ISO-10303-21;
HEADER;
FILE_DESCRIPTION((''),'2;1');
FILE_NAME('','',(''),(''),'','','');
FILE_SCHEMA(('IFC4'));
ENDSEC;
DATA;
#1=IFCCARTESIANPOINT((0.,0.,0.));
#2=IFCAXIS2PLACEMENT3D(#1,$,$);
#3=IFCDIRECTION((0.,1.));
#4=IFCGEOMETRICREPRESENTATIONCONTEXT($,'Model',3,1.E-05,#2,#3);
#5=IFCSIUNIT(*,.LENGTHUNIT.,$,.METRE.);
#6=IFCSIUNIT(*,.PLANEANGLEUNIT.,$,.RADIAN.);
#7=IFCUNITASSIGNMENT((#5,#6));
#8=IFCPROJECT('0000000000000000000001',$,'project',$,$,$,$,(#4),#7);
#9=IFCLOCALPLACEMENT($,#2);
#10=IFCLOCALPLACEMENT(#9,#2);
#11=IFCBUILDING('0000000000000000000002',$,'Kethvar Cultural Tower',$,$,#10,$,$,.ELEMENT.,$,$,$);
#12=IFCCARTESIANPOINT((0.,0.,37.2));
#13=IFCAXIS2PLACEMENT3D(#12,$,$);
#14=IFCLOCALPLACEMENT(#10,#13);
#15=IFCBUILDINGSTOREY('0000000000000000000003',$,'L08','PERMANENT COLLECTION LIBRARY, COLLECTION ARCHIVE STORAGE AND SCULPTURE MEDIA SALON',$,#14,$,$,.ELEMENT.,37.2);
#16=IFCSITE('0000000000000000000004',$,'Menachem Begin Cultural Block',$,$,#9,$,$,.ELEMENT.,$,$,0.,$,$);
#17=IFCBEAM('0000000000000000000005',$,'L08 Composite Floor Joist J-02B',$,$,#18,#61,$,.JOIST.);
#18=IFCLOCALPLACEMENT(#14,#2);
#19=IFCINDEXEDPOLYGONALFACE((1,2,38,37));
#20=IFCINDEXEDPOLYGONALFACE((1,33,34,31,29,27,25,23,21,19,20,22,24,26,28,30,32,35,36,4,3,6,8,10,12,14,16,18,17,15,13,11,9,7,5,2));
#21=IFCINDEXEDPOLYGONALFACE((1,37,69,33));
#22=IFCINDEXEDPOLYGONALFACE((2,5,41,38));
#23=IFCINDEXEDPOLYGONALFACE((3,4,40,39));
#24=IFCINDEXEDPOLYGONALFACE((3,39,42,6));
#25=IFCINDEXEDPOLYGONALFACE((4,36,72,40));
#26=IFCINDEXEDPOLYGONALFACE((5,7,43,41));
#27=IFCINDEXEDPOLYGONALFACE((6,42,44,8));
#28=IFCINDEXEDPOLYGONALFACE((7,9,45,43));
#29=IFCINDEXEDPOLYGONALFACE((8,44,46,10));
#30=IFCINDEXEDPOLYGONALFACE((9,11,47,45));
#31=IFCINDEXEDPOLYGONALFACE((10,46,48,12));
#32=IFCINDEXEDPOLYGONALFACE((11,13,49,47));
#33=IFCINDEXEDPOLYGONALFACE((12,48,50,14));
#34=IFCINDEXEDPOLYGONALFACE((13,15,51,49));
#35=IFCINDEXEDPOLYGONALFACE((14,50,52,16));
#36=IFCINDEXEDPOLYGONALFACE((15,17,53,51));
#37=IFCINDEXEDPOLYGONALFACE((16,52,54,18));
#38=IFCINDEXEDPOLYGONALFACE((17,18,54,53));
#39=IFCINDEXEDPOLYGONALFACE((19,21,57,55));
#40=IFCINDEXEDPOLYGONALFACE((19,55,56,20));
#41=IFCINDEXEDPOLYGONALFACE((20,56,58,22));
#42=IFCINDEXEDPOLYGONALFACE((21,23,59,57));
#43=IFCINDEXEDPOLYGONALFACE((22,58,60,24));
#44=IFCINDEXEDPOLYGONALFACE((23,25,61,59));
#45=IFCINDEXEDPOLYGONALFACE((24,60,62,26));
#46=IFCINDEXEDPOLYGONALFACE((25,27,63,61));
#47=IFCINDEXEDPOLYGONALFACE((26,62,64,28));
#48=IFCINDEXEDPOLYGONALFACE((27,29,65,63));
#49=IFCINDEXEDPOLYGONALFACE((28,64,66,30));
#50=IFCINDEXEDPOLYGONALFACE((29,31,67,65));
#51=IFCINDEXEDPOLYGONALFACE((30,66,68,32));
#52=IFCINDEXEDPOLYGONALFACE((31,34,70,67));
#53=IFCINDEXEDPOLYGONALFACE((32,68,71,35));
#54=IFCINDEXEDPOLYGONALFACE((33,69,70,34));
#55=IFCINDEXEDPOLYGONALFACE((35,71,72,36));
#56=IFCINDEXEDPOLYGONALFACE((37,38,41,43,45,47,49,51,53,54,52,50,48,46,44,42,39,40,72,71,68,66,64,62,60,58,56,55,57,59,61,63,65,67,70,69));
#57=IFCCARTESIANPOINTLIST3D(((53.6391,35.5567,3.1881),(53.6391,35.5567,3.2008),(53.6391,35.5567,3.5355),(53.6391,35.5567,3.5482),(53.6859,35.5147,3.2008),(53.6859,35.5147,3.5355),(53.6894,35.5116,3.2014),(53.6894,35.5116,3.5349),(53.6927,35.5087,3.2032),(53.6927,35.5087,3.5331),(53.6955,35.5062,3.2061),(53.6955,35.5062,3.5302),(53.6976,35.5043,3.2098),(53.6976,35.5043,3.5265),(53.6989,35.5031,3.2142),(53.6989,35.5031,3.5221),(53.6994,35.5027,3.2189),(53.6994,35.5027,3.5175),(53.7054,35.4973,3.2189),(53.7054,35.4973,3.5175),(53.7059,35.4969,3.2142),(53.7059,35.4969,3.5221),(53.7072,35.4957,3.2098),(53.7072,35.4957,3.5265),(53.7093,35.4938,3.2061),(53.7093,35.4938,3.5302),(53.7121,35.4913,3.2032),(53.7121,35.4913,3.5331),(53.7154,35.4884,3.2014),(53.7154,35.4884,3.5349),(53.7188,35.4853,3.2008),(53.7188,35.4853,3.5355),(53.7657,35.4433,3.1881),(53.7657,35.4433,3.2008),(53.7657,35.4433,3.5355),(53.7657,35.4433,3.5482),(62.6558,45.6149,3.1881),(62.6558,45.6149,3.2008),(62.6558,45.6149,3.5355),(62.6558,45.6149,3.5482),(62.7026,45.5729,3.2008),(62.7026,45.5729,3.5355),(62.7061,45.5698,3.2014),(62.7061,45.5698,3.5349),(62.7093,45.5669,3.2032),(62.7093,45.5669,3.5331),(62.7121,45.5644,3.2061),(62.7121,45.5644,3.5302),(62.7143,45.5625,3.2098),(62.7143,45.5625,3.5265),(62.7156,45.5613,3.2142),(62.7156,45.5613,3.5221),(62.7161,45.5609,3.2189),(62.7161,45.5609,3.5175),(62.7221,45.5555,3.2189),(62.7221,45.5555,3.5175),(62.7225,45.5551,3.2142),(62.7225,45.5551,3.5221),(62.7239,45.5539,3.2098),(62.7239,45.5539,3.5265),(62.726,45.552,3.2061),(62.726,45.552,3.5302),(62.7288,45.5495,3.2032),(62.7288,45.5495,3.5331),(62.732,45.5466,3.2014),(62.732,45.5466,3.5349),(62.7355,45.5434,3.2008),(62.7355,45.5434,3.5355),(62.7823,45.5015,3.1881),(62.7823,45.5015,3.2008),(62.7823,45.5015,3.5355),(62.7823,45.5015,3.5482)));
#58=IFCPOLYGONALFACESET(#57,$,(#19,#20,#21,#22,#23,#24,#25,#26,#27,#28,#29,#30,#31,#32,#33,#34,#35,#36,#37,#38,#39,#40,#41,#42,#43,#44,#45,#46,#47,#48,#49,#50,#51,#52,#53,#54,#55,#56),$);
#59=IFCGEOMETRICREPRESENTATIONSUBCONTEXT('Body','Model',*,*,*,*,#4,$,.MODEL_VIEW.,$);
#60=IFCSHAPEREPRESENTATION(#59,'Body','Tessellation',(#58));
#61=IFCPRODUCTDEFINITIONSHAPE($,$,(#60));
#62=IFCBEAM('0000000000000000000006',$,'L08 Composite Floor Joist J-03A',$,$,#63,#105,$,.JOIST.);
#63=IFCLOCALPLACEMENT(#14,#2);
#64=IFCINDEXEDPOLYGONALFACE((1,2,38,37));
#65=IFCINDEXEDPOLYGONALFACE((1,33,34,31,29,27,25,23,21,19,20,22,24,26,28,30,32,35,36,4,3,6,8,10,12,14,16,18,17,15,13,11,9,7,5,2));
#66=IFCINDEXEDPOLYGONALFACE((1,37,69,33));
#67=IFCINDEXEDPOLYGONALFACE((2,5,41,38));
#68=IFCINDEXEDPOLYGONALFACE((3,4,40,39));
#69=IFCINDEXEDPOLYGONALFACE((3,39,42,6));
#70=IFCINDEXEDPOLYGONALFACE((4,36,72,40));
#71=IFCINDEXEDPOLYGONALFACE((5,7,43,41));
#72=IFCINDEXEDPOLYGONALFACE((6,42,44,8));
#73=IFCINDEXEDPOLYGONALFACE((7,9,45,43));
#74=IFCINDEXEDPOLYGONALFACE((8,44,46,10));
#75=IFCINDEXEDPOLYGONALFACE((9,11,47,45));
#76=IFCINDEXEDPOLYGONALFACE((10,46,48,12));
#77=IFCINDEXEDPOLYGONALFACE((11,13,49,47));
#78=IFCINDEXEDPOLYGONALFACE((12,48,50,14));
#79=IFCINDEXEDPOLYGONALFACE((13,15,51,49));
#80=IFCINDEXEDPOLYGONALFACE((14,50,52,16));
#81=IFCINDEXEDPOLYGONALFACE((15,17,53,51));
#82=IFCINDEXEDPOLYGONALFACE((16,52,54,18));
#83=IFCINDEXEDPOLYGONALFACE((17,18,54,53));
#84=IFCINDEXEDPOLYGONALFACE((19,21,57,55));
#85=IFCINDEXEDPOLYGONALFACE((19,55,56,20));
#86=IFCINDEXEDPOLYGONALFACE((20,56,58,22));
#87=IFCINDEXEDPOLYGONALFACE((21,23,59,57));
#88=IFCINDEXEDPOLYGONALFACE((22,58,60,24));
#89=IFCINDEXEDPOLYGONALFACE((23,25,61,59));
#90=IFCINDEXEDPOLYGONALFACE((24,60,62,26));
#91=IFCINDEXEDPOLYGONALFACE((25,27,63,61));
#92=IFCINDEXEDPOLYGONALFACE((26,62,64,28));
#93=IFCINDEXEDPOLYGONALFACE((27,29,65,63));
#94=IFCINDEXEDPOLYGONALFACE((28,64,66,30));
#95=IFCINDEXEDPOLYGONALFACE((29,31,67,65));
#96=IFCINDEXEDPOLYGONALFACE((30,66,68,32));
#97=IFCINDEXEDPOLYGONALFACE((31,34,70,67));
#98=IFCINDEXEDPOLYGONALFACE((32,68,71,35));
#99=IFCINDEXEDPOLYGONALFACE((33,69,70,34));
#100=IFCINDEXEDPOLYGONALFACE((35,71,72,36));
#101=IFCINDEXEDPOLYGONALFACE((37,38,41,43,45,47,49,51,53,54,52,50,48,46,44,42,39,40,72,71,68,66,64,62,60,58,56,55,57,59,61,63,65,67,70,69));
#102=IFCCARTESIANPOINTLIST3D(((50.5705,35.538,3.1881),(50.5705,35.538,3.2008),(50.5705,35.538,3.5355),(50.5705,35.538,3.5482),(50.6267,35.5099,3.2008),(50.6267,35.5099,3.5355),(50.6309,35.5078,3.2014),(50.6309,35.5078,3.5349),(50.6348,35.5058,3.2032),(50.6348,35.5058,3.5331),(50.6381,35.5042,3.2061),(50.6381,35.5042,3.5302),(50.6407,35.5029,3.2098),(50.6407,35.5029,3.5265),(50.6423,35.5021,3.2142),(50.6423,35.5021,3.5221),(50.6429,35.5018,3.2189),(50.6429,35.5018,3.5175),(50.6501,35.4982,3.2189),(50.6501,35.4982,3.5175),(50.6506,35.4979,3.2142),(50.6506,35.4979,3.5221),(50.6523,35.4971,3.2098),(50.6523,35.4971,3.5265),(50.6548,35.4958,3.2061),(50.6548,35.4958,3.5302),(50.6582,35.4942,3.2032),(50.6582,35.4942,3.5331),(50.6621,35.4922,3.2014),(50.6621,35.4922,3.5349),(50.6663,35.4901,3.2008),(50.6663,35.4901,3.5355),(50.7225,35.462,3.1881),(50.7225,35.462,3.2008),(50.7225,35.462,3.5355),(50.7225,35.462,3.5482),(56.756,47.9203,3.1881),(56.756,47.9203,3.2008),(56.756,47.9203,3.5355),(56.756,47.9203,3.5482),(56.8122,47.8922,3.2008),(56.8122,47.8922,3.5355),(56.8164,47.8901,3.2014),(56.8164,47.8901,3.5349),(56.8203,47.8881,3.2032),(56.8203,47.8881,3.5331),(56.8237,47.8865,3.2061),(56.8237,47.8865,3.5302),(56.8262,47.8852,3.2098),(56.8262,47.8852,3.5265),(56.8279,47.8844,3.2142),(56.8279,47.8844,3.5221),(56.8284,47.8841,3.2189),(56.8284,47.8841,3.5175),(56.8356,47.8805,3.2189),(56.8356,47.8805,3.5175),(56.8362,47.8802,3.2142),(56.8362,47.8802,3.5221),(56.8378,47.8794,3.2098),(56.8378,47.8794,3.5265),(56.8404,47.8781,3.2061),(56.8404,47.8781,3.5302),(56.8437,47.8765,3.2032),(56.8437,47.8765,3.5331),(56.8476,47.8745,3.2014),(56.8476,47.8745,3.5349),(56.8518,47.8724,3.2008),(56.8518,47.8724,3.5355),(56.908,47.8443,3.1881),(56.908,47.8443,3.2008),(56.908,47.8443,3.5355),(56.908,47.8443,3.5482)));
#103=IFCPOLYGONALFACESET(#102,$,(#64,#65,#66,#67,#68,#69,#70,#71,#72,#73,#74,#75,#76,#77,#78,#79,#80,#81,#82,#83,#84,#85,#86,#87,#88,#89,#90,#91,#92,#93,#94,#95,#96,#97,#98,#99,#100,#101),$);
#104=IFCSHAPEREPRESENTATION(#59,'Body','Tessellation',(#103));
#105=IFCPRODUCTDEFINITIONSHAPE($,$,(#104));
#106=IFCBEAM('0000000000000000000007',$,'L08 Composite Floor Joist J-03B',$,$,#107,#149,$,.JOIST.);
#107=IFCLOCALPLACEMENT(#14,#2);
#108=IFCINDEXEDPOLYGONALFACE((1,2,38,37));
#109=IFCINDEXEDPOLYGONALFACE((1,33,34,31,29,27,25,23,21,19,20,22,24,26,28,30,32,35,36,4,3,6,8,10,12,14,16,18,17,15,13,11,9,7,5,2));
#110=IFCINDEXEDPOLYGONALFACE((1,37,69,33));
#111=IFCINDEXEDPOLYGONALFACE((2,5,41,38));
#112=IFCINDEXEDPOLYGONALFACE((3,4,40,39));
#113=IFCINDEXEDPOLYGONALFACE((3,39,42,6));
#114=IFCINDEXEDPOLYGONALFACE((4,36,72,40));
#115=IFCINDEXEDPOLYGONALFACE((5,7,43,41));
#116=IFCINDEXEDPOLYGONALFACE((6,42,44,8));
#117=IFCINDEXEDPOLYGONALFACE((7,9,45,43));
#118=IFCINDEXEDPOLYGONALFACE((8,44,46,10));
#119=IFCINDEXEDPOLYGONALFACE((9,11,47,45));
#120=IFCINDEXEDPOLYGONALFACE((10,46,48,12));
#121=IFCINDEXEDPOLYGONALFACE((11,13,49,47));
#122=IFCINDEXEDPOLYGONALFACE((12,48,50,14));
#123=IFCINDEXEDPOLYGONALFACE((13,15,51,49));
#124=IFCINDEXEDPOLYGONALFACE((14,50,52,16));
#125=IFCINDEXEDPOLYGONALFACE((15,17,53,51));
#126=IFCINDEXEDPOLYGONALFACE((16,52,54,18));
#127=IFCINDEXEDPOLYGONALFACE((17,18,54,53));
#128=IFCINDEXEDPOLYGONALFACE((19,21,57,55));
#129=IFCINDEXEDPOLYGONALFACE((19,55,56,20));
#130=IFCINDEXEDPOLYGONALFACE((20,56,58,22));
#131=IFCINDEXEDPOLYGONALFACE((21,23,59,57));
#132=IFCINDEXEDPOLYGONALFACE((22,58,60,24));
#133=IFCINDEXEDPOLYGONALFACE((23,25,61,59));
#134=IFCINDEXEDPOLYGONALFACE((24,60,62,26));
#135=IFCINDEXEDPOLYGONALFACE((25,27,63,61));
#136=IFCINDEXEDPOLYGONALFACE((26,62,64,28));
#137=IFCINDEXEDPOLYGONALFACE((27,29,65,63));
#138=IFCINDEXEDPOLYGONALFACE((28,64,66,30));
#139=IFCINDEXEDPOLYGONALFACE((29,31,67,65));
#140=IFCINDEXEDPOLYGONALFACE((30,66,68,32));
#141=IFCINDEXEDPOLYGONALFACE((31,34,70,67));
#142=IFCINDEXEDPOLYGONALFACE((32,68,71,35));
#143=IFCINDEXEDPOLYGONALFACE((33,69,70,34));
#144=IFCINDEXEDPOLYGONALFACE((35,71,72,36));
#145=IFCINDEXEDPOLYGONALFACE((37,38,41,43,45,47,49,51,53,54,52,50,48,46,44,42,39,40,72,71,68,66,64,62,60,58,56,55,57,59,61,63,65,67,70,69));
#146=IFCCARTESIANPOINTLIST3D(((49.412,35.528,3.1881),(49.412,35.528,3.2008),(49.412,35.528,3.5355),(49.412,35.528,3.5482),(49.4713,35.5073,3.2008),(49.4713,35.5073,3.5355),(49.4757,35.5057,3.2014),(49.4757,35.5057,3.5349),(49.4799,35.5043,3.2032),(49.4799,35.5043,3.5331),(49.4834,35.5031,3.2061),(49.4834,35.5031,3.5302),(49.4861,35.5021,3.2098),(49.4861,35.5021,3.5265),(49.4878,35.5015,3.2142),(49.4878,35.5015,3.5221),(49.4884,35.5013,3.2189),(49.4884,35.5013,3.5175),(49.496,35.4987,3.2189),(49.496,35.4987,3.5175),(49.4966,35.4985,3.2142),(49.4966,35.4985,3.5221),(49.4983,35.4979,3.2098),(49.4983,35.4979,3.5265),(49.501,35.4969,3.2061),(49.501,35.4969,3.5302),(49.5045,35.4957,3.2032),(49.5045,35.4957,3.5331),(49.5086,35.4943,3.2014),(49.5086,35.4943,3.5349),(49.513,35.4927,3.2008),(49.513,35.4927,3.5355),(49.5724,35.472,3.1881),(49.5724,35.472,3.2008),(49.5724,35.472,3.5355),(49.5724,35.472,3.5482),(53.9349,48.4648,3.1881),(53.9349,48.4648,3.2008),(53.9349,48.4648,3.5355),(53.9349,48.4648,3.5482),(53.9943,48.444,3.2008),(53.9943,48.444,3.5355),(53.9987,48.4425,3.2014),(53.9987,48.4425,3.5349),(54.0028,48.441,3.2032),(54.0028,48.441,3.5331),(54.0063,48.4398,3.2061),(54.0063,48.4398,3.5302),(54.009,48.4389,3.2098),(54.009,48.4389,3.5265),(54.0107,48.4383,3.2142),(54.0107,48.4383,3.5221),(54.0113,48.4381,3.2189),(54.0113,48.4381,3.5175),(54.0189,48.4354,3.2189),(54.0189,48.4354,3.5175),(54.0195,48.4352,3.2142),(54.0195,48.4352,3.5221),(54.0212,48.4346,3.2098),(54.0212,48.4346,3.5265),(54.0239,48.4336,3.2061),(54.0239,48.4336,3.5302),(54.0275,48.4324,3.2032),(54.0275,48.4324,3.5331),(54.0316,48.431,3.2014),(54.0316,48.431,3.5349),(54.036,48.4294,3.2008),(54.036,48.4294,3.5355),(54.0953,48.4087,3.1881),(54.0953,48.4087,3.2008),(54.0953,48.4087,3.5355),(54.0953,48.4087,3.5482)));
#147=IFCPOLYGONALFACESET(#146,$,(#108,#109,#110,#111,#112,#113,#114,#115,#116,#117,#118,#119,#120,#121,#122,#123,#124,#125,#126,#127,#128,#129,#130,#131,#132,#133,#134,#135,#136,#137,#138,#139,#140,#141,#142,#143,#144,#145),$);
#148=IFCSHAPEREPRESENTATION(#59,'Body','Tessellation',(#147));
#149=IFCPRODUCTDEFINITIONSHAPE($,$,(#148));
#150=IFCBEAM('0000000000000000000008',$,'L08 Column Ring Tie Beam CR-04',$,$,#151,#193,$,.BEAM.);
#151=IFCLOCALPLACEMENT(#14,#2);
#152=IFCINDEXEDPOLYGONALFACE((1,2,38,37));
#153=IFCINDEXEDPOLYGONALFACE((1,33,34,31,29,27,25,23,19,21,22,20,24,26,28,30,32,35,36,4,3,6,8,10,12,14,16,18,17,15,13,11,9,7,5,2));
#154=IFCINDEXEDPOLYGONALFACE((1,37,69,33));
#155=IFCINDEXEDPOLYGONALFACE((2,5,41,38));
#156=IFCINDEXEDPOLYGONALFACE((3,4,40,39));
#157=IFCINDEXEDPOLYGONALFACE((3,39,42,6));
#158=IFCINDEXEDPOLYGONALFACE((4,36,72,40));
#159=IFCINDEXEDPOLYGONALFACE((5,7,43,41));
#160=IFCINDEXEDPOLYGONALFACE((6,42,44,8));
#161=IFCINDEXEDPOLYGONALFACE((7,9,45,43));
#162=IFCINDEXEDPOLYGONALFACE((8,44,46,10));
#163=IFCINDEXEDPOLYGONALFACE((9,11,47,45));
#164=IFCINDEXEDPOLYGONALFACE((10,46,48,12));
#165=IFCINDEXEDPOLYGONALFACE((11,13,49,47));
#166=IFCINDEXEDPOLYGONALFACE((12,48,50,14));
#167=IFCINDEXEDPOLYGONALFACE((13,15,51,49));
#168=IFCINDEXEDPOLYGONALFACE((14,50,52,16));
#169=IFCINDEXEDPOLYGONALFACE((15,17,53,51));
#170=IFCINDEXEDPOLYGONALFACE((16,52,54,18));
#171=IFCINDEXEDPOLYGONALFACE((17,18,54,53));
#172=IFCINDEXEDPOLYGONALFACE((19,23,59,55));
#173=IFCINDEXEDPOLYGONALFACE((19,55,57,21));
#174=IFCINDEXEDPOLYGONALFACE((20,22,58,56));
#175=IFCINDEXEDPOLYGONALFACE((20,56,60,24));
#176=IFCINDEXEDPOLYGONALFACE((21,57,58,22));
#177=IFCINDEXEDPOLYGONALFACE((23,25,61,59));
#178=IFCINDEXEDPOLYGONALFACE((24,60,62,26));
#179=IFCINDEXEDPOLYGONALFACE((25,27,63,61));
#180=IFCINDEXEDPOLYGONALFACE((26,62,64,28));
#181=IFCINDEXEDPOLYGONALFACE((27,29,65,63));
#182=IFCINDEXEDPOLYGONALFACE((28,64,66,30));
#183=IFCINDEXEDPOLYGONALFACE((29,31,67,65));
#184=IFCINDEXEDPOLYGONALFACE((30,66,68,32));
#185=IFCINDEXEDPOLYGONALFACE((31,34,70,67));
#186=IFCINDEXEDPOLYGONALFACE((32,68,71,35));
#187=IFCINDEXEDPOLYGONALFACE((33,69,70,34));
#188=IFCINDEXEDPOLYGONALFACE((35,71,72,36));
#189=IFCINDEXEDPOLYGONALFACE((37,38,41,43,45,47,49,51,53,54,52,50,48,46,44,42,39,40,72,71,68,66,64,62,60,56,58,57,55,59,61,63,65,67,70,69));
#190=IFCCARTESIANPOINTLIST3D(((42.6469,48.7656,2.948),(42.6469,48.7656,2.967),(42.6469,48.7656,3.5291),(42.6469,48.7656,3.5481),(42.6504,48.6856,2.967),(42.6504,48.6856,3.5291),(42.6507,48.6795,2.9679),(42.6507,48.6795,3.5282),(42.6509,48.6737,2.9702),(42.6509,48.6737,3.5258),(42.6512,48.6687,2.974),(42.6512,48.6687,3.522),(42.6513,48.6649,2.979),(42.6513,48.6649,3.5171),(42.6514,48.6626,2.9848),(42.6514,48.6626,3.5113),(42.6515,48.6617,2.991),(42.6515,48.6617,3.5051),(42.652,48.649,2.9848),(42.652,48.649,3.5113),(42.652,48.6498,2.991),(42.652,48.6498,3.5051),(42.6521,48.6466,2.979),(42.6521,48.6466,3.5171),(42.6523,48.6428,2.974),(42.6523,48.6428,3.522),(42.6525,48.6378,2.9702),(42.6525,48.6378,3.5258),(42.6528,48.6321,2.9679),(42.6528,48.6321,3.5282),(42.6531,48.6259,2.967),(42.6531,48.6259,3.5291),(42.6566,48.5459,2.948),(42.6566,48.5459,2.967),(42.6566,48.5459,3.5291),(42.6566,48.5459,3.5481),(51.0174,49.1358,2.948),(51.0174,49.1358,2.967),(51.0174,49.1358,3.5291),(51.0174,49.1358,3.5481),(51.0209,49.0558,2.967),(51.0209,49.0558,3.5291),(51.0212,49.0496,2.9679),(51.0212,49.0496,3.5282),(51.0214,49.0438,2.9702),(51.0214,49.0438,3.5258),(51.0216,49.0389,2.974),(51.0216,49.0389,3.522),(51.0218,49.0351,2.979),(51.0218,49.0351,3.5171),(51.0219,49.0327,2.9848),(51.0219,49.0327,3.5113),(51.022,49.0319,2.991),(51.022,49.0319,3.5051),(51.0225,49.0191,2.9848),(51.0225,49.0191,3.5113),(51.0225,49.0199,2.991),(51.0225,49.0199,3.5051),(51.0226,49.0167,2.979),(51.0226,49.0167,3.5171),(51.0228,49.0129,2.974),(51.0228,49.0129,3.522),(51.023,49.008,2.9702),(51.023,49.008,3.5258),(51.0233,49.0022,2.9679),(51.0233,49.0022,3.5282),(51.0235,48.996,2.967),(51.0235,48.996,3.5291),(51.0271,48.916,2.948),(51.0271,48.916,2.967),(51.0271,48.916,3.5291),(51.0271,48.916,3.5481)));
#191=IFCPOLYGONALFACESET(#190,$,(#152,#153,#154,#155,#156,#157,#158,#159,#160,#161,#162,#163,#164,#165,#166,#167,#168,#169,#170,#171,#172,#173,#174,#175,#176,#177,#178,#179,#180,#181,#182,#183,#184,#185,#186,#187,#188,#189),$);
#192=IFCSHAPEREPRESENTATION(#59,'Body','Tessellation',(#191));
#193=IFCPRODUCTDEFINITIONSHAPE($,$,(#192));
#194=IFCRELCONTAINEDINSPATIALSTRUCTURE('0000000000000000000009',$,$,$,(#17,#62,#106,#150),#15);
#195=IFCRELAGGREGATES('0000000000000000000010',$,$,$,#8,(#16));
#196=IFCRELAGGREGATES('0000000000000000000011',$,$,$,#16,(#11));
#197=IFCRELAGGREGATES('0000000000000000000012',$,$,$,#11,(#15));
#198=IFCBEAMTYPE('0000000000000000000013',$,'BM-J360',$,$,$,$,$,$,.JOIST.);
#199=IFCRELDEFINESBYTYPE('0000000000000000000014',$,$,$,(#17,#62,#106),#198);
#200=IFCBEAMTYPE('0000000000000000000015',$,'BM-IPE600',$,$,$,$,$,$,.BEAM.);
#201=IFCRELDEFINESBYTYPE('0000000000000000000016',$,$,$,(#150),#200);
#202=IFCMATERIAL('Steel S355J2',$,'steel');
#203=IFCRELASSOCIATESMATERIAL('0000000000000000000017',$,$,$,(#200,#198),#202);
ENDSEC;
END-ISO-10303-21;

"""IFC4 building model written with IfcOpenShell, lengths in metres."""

from ifc_helpers import new_model, si_unit, direction, frame, origin, origin_2d, place, context, subcontext, project, spatial, i_section, extrude, source, transform, mapped, material, material_profile, profile_set, type_object, element, save


model = new_model("IFC4")

# Units and contexts
model_context = context("Model", 3, precision=1e-05, world=origin(), true_north=direction((0.0, 1.0)))
body_context = subcontext(model_context, "Body", "Model", "MODEL_VIEW")
ifc_project = project(units=[si_unit("LENGTHUNIT", "METRE"), si_unit("PLANEANGLEUNIT", "RADIAN")], contexts=[model_context])

# Site, building, storey
site_placement = place(None, origin())
site = spatial("IfcSite", under=ifc_project, at=site_placement, Name="Menachem Begin Cultural Block", CompositionType="ELEMENT", RefElevation=0.0)
building_placement = place(site_placement, origin())
building = spatial("IfcBuilding", under=site, at=building_placement, Name="Kethvar Cultural Tower", CompositionType="ELEMENT")
storey_placement = place(building_placement, frame((0.0, 0.0, 37.2)))
storey = spatial("IfcBuildingStorey", under=building, at=storey_placement, Name="L08", Description="PERMANENT COLLECTION LIBRARY, COLLECTION ARCHIVE STORAGE AND SCULPTURE MEDIA SALON", CompositionType="ELEMENT", Elevation=37.2)

# Beams
ifc_material_1 = material(Name="Steel S355J2", Category="steel")
ifc_material_profile_1 = material_profile(ifc_material_1, i_section(OverallWidth=0.22, OverallDepth=0.6001, WebThickness=0.012, FlangeThickness=0.019, FilletRadius=0.0239, at=origin_2d()), Name="Steel S355J2 — IPE600")
ifc_profile_set_1 = profile_set([ifc_material_profile_1], Name="Steel S355J2 — IPE600")
beam_type_1 = type_object("IfcBeamType", Name="BM-IPE600", PredefinedType="BEAM", material=ifc_profile_set_1)
ifc_material_profile_2 = material_profile(ifc_material_1, i_section(OverallWidth=0.1699, OverallDepth=0.3601, WebThickness=0.0081, FlangeThickness=0.0127, FilletRadius=0.0181, at=origin_2d()), Name="Steel S355J2 — IPE360")
ifc_profile_set_2 = profile_set([ifc_material_profile_2], Name="Steel S355J2 — IPE360")
beam_type_2 = type_object("IfcBeamType", Name="BM-J360", PredefinedType="JOIST", material=ifc_profile_set_2)
shared_shape_1 = source(origin(), body_context, "Body", "SweptSolid", [
    extrude(i_section(OverallWidth=0.1699, OverallDepth=0.3601, WebThickness=0.0081, FlangeThickness=0.0127, FilletRadius=0.0181, at=origin_2d()), origin(), (0.0, 0.0, 1.0), 13.5081),
])
beam_1_placement = place(storey_placement, frame((53.7024, 35.5, 3.3682), z_axis=(0.667504, 0.744607, 0.0), x_axis=(-0.744607, 0.667504, 0.0)))
element("IfcBeam", 1, at=beam_1_placement, inside=storey, type_object=beam_type_2, Name="L08 Composite Floor Joist J-02B", PredefinedType="JOIST", context=body_context, shape_type="MappedRepresentation", body=[
    mapped(shared_shape_1, transform((0.0, 0.0, 0.0), scale=1.0)),
])
shared_shape_2 = source(origin(), body_context, "Body", "SweptSolid", [
    extrude(i_section(OverallWidth=0.1699, OverallDepth=0.3601, WebThickness=0.0081, FlangeThickness=0.0127, FilletRadius=0.0181, at=origin_2d()), origin(), (0.0, 0.0, 1.0), 13.8413),
])
beam_2_placement = place(storey_placement, frame((50.6465, 35.5, 3.3682), z_axis=(0.446889, 0.894589, 0.0), x_axis=(-0.894589, 0.446889, 0.0)))
element("IfcBeam", 2, at=beam_2_placement, inside=storey, type_object=beam_type_2, Name="L08 Composite Floor Joist J-03A", PredefinedType="JOIST", context=body_context, shape_type="MappedRepresentation", body=[
    mapped(shared_shape_2, transform((0.0, 0.0, 0.0), scale=1.0)),
])
shared_shape_3 = source(origin(), body_context, "Body", "SweptSolid", [
    extrude(i_section(OverallWidth=0.1699, OverallDepth=0.3601, WebThickness=0.0081, FlangeThickness=0.0127, FilletRadius=0.0181, at=origin_2d()), origin(), (0.0, 0.0, 1.0), 13.7046),
])
beam_3_placement = place(storey_placement, frame((49.4922, 35.5, 3.3682), z_axis=(0.330031, 0.94397, 0.0), x_axis=(-0.94397, 0.330031, 0.0)))
element("IfcBeam", 3, at=beam_3_placement, inside=storey, type_object=beam_type_2, Name="L08 Composite Floor Joist J-03B", PredefinedType="JOIST", context=body_context, shape_type="MappedRepresentation", body=[
    mapped(shared_shape_3, transform((0.0, 0.0, 0.0), scale=1.0)),
])
shared_shape_4 = source(origin(), body_context, "Body", "SweptSolid", [
    extrude(i_section(OverallWidth=0.22, OverallDepth=0.6001, WebThickness=0.012, FlangeThickness=0.019, FilletRadius=0.0239, at=origin_2d()), origin(), (0.0, 0.0, 1.0), 8.3787),
])
beam_4_placement = place(storey_placement, frame((51.0222, 49.0259, 3.248), z_axis=(-0.999024, -0.044173, 0.0), x_axis=(0.044173, -0.999024, 0.0)))
element("IfcBeam", 4, at=beam_4_placement, inside=storey, type_object=beam_type_1, Name="L08 Column Ring Tie Beam CR-04", PredefinedType="BEAM", context=body_context, shape_type="MappedRepresentation", body=[
    mapped(shared_shape_4, transform((0.0, 0.0, 0.0), scale=1.0)),
])

save(model, "model.ifc")
